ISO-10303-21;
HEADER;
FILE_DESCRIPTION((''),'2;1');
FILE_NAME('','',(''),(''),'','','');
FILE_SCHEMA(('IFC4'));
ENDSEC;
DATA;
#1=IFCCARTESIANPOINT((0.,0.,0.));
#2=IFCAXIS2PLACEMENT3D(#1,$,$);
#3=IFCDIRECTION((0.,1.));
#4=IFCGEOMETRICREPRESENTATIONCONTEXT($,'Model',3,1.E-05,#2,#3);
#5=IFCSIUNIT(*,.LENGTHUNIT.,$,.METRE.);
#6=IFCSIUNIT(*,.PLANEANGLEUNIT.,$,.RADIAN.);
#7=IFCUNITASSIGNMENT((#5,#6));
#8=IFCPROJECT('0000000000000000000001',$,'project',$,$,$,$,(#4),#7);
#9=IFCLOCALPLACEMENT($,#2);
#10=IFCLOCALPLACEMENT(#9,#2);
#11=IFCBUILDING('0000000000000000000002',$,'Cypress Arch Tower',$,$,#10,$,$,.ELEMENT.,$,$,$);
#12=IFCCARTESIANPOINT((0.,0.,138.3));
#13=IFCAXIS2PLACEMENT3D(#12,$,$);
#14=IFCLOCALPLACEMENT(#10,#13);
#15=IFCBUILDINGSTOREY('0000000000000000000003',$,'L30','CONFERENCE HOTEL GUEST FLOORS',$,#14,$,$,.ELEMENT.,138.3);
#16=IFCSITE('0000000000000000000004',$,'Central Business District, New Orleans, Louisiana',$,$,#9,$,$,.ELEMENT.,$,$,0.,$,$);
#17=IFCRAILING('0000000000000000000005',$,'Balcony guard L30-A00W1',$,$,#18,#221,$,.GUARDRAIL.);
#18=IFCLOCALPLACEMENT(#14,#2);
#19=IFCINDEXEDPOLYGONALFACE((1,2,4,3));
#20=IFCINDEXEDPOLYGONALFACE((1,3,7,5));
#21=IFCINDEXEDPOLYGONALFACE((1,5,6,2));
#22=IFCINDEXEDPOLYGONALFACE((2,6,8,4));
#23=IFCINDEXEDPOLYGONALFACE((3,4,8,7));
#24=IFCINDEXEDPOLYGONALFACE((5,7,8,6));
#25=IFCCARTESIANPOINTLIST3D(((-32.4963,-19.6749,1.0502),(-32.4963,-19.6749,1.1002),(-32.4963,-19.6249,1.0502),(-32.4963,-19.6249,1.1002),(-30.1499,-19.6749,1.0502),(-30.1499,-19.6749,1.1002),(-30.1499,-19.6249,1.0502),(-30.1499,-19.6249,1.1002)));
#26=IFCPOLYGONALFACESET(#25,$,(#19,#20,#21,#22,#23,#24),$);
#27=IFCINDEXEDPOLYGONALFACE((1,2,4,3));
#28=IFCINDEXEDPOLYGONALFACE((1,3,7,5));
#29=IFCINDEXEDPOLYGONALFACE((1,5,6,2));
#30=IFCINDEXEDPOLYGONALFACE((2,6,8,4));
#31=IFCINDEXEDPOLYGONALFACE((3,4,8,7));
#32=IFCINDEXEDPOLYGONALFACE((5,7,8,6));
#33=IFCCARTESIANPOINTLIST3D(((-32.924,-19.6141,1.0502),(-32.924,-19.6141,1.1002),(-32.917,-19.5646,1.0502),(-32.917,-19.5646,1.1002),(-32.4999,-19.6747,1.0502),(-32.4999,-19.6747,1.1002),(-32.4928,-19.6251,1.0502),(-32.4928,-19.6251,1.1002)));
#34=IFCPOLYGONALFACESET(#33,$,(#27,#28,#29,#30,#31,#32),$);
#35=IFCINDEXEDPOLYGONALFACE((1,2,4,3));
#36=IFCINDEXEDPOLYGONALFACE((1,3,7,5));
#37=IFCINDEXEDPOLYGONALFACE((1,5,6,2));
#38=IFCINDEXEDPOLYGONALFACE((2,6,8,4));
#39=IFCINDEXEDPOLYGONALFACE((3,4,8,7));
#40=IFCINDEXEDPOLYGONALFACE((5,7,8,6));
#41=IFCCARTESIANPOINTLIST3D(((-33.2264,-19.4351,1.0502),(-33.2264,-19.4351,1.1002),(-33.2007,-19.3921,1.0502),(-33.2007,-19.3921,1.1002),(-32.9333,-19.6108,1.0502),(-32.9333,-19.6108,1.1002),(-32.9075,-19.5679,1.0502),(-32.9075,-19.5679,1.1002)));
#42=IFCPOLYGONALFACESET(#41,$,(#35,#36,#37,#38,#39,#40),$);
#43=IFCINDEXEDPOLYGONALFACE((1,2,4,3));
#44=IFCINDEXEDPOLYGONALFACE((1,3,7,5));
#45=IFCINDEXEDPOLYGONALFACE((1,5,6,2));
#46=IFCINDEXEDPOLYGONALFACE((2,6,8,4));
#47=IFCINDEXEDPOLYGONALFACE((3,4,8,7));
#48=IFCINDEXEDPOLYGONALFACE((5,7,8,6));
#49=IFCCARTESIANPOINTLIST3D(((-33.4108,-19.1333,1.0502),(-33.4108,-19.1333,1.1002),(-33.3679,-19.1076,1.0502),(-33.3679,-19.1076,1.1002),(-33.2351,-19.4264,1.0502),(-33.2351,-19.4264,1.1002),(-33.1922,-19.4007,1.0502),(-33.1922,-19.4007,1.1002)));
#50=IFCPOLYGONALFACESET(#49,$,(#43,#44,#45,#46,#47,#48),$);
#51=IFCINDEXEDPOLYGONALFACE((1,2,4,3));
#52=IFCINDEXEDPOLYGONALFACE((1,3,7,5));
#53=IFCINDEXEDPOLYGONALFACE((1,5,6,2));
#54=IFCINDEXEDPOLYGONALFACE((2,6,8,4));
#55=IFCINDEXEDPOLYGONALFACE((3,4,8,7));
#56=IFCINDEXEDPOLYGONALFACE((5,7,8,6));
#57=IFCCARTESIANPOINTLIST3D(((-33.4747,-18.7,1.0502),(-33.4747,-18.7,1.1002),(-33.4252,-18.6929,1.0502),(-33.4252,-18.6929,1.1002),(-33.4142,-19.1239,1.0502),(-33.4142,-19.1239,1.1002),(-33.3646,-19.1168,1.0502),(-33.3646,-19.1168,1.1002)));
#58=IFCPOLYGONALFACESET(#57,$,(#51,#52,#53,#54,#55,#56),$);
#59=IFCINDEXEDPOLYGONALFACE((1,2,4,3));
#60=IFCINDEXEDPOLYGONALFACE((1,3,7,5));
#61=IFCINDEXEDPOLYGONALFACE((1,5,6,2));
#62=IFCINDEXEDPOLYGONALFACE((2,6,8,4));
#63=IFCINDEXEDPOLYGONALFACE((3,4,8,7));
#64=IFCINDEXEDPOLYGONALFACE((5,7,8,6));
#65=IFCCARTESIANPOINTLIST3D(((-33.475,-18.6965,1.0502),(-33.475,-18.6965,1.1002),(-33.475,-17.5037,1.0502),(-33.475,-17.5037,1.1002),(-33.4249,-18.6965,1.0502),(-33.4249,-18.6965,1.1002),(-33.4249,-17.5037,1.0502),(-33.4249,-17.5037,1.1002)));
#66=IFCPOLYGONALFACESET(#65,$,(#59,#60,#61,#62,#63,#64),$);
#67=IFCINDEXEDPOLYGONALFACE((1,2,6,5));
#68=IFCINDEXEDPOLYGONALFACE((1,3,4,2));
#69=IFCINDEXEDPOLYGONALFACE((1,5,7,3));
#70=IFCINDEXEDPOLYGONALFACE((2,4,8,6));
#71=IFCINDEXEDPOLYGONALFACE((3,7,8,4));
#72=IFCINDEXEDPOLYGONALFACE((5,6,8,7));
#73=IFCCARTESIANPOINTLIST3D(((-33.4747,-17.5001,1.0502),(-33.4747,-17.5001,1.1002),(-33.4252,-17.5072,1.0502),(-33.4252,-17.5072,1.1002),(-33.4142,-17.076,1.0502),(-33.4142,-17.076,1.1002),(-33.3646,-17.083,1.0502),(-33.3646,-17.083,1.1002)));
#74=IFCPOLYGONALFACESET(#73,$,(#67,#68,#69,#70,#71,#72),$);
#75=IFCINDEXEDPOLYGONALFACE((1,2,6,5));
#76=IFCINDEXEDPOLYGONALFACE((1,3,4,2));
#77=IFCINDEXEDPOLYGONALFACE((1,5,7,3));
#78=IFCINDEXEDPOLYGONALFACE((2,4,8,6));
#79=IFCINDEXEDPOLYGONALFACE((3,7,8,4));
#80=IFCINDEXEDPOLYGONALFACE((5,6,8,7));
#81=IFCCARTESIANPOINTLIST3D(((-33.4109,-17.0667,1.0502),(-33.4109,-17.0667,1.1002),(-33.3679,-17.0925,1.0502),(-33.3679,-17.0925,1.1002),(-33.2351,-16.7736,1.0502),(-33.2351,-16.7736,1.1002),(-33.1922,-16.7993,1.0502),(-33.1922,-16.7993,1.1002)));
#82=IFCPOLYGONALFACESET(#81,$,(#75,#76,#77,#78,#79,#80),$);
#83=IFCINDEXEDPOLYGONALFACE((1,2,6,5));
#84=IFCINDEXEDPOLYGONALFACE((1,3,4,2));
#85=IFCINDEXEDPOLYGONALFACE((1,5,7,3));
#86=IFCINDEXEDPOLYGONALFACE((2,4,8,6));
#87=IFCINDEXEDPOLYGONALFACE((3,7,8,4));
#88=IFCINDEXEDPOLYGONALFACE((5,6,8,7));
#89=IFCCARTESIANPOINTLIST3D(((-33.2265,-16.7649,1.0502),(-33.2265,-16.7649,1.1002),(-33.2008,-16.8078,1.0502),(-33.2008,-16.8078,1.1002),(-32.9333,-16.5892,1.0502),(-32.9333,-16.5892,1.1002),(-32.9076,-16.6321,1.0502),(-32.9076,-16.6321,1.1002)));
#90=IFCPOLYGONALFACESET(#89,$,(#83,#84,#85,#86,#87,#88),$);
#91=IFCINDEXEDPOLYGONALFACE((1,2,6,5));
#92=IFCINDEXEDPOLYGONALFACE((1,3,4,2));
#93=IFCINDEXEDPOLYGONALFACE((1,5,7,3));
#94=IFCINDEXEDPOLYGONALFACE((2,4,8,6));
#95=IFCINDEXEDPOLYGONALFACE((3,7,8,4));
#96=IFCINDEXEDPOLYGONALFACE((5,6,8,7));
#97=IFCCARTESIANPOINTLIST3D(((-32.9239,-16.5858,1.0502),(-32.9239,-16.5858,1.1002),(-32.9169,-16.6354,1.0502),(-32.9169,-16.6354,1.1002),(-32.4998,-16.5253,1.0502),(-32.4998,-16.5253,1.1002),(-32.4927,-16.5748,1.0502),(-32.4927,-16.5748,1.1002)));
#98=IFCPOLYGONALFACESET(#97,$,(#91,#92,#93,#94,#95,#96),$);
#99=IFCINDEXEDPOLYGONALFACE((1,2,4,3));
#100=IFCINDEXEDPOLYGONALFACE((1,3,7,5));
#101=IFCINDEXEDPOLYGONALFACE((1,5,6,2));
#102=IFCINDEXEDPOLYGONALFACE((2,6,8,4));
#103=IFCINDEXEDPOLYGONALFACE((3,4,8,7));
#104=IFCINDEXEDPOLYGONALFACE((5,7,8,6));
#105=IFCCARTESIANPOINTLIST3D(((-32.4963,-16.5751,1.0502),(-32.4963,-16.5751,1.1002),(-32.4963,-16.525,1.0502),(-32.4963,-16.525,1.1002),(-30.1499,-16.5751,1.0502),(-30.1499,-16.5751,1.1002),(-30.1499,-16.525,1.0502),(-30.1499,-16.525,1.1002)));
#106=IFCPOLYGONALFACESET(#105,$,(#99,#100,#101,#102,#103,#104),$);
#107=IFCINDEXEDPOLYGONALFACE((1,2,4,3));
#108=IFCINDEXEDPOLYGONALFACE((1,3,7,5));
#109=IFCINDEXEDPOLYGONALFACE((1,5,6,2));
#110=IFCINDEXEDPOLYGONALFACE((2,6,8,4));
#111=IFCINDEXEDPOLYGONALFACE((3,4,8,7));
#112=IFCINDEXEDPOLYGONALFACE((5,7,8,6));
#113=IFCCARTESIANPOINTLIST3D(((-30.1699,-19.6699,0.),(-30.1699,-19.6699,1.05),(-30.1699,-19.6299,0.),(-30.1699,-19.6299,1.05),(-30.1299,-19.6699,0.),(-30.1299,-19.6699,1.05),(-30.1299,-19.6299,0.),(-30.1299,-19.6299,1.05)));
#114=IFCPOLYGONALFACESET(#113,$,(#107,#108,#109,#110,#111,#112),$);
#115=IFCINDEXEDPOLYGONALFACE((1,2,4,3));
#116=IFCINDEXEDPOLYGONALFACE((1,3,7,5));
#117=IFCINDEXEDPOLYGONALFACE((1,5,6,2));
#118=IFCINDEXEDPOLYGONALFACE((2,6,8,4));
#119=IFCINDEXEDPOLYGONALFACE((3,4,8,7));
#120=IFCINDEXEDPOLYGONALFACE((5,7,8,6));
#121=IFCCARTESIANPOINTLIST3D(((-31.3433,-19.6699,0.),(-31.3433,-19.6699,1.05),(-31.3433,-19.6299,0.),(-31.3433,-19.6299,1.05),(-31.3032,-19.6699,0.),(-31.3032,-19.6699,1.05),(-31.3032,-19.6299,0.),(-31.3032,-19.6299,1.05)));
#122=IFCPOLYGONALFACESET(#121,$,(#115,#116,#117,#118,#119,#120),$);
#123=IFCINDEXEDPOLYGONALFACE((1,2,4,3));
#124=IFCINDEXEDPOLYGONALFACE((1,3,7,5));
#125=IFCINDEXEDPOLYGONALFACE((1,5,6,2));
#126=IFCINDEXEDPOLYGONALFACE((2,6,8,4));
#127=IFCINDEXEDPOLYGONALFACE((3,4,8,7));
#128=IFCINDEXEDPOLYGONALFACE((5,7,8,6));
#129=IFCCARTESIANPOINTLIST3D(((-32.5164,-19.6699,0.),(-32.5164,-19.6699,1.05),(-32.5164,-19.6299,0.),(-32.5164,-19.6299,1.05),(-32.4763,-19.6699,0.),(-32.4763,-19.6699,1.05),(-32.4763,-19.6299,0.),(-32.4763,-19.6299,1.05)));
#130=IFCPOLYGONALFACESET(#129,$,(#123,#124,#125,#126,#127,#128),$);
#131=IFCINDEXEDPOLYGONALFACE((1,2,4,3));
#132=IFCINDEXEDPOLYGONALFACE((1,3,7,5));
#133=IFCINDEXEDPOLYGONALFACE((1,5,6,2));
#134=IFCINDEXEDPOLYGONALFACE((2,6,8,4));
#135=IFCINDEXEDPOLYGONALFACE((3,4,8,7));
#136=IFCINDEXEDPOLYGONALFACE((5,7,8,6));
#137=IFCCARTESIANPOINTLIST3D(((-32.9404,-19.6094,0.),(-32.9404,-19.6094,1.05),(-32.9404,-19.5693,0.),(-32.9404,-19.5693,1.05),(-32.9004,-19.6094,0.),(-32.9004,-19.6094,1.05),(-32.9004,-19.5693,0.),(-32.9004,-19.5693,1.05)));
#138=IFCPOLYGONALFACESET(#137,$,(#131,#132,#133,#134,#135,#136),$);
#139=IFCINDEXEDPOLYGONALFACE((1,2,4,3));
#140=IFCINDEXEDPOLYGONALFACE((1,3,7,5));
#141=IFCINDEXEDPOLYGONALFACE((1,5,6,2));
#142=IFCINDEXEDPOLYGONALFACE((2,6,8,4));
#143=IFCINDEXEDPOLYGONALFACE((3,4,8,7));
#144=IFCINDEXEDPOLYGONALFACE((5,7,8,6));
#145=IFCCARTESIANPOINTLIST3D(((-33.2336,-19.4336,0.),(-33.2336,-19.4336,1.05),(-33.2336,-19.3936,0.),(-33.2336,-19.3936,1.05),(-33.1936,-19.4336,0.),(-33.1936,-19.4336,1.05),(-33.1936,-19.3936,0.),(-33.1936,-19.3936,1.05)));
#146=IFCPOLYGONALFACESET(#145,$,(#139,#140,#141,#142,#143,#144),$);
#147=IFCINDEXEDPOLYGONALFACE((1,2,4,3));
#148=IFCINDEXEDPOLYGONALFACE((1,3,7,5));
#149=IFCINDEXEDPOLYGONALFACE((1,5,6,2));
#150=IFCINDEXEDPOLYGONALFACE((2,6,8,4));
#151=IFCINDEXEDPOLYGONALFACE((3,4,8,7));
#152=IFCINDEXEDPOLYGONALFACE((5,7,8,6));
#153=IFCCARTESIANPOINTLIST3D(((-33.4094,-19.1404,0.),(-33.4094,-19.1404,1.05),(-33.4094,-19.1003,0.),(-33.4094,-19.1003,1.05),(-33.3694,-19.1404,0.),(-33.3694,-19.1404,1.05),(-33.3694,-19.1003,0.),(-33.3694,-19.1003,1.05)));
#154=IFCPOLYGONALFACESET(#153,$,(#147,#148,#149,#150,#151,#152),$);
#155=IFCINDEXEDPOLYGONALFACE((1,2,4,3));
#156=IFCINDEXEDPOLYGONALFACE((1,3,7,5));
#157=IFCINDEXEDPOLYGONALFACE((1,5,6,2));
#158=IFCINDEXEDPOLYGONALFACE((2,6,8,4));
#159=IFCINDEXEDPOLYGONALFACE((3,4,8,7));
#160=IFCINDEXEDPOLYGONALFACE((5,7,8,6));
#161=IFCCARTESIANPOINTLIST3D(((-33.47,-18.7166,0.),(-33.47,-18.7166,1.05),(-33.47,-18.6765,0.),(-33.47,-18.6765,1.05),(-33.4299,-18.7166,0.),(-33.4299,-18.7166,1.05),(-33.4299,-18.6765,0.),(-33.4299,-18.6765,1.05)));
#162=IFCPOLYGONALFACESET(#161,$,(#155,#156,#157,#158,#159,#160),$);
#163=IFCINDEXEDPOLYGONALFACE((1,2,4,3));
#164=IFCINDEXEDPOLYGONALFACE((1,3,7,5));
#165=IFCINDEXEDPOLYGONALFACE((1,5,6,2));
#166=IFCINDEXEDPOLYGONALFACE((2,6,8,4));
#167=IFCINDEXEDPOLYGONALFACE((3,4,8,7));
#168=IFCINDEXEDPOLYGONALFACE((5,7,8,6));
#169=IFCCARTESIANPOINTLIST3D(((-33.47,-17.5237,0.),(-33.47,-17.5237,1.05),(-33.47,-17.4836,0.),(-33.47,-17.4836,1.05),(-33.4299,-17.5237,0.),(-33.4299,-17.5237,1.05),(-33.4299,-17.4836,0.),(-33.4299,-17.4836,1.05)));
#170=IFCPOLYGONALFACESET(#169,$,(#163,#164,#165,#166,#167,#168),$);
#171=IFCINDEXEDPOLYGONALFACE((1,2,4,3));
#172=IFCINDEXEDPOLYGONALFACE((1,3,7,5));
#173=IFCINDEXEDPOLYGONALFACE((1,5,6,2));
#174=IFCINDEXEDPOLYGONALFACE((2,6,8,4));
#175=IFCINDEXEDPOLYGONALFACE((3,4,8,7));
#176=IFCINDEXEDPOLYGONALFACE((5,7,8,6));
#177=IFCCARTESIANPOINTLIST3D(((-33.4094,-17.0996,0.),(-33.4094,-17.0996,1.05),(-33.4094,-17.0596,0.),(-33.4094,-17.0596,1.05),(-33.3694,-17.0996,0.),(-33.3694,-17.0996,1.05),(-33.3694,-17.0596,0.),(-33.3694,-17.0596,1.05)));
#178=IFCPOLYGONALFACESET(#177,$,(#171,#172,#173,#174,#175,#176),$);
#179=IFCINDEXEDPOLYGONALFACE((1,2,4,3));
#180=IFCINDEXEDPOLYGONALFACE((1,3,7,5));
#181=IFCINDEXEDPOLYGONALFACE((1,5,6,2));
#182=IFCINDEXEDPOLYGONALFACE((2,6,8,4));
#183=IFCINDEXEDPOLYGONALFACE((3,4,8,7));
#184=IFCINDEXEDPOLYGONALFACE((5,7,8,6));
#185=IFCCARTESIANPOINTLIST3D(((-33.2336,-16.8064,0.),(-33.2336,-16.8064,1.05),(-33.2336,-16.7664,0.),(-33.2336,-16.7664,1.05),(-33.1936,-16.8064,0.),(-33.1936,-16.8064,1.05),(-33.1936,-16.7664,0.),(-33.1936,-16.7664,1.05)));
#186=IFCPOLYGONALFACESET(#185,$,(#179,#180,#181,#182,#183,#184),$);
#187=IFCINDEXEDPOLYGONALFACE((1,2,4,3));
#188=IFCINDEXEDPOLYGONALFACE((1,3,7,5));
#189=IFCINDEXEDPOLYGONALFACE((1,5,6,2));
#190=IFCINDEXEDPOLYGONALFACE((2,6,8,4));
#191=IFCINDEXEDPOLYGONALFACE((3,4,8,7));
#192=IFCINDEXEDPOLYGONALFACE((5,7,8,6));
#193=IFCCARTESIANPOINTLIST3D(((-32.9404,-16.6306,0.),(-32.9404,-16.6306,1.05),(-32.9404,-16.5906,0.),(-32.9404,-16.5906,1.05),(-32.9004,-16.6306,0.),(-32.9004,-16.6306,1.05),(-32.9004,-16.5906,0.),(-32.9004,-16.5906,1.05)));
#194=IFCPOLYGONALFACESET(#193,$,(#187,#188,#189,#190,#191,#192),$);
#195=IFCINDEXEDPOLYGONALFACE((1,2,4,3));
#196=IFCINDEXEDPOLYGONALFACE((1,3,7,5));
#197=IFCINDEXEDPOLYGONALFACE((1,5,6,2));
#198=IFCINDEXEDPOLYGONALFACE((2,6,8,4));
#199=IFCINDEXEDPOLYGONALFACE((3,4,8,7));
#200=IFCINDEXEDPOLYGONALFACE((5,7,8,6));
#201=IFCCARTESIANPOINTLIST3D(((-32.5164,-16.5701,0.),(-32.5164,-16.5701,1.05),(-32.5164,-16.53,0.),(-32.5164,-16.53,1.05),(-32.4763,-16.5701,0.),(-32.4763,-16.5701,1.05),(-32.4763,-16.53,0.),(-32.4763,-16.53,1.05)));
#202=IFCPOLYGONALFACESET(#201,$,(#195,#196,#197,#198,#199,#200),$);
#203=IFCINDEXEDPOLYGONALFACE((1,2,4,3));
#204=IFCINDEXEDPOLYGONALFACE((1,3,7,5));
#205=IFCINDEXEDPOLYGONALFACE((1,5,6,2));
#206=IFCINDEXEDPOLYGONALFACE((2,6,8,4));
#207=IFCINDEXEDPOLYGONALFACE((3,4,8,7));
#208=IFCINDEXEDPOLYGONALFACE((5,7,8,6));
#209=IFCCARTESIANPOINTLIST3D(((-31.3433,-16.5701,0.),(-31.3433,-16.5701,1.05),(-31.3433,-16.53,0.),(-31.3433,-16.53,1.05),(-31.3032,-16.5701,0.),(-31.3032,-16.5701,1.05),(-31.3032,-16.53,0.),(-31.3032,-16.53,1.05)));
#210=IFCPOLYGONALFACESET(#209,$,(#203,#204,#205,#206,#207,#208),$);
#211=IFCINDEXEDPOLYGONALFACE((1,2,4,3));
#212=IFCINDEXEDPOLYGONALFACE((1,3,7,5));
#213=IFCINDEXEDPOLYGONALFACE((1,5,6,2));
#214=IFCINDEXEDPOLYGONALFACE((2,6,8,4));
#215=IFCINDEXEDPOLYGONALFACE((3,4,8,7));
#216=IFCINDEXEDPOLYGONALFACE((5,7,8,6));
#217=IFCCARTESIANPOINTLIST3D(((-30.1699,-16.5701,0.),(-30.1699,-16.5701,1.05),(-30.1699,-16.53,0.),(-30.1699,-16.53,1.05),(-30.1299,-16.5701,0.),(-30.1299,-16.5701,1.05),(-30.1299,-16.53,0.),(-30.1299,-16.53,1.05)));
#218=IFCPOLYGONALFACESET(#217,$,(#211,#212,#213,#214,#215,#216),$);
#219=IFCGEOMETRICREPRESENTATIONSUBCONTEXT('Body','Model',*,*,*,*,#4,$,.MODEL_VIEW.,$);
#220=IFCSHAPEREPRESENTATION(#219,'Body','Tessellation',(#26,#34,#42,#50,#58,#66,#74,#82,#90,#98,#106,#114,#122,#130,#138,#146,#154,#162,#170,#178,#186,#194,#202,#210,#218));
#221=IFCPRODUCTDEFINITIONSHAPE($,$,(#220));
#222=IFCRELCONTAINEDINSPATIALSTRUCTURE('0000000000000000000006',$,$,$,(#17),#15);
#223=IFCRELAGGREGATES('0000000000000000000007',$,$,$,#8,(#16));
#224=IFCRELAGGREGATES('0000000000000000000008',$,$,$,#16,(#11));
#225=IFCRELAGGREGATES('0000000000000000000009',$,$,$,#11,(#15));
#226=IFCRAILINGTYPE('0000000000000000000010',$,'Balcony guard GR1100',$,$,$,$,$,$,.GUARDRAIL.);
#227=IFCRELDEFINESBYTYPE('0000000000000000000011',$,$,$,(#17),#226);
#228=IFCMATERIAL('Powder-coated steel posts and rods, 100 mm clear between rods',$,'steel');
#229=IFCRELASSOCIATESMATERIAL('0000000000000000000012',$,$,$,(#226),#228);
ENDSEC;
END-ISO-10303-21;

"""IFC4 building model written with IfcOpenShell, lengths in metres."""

from ifc_helpers import new_model, si_unit, direction, frame, origin, origin_2d, place, context, subcontext, project, spatial, rectangle, extrude, material, type_object, element, save


model = new_model("IFC4")

# Units and contexts
model_context = context("Model", 3, precision=1e-05, world=origin(), true_north=direction((0.0, 1.0)))
body_context = subcontext(model_context, "Body", "Model", "MODEL_VIEW")
ifc_project = project(units=[si_unit("LENGTHUNIT", "METRE"), si_unit("PLANEANGLEUNIT", "RADIAN")], contexts=[model_context])

# Site, building, storey
site_placement = place(None, origin())
site = spatial("IfcSite", under=ifc_project, at=site_placement, Name="Central Business District, New Orleans, Louisiana", CompositionType="ELEMENT", RefElevation=0.0)
building_placement = place(site_placement, origin())
building = spatial("IfcBuilding", under=site, at=building_placement, Name="Cypress Arch Tower", CompositionType="ELEMENT")
storey_placement = place(building_placement, frame((0.0, 0.0, 138.3)))
storey = spatial("IfcBuildingStorey", under=building, at=storey_placement, Name="L30", Description="CONFERENCE HOTEL GUEST FLOORS", CompositionType="ELEMENT", Elevation=138.3)

# Railing
ifc_material_1 = material(Name="Powder-coated steel posts and rods, 100 mm clear between rods", Category="steel")
railing_type = type_object("IfcRailingType", Name="Balcony guard GR1100", PredefinedType="GUARDRAIL", material=ifc_material_1)
railing_placement = place(storey_placement, frame((-30.1499, -19.6499, 0.0)))
element("IfcRailing", 1, at=railing_placement, inside=storey, type_object=railing_type, Name="Balcony guard L30-A00W1", PredefinedType="GUARDRAIL", context=body_context, shape_type="SweptSolid", body=[
    extrude(rectangle(XDim=0.05, YDim=0.05, at=origin_2d()), frame((0.0, 0.0, 1.0752), z_axis=(-1.0, 0.0, 0.0), x_axis=(0.0, -1.0, 0.0)), (0.0, 0.0, 1.0), 2.3464),
    extrude(rectangle(XDim=0.05, YDim=0.05, at=origin_2d()), frame((-2.3464, 0.0, 1.0752), z_axis=(-0.989961, 0.141342, 0.0), x_axis=(-0.141342, -0.989961, 0.0)), (0.0, 0.0, 1.0), 0.4285),
    extrude(rectangle(XDim=0.05, YDim=0.05, at=origin_2d()), frame((-2.7705, 0.0605, 1.0752), z_axis=(-0.857682, 0.514181, 0.0), x_axis=(-0.514181, -0.857682, 0.0)), (0.0, 0.0, 1.0), 0.3418),
    extrude(rectangle(XDim=0.05, YDim=0.05, at=origin_2d()), frame((-3.0637, 0.2363, 1.0752), z_axis=(-0.514181, 0.857682, 0.0), x_axis=(-0.857682, -0.514181, 0.0)), (0.0, 0.0, 1.0), 0.3418),
    extrude(rectangle(XDim=0.05, YDim=0.05, at=origin_2d()), frame((-3.2395, 0.5295, 1.0752), z_axis=(-0.141421, 0.989949, 0.0), x_axis=(-0.989949, -0.141421, 0.0)), (0.0, 0.0, 1.0), 0.4282),
    extrude(rectangle(XDim=0.05, YDim=0.05, at=origin_2d()), frame((-3.3, 0.9534, 1.0752), z_axis=(0.0, 1.0, 0.0), x_axis=(-1.0, 0.0, 0.0)), (0.0, 0.0, 1.0), 1.1929),
    extrude(rectangle(XDim=0.05, YDim=0.05, at=origin_2d()), frame((-3.3, 2.1462, 1.0752), z_axis=(0.141342, 0.989961, 0.0), x_axis=(-0.989961, 0.141342, 0.0)), (0.0, 0.0, 1.0), 0.4285),
    extrude(rectangle(XDim=0.05, YDim=0.05, at=origin_2d()), frame((-3.2395, 2.5703, 1.0752), z_axis=(0.514181, 0.857682, 0.0), x_axis=(-0.857682, 0.514181, 0.0)), (0.0, 0.0, 1.0), 0.3418),
    extrude(rectangle(XDim=0.05, YDim=0.05, at=origin_2d()), frame((-3.0637, 2.8635, 1.0752), z_axis=(0.857682, 0.514181, 0.0), x_axis=(-0.514181, 0.857682, 0.0)), (0.0, 0.0, 1.0), 0.3418),
    extrude(rectangle(XDim=0.05, YDim=0.05, at=origin_2d()), frame((-2.7705, 3.0393, 1.0752), z_axis=(0.989961, 0.141342, 0.0), x_axis=(-0.141342, 0.989961, 0.0)), (0.0, 0.0, 1.0), 0.4285),
    extrude(rectangle(XDim=0.05, YDim=0.05, at=origin_2d()), frame((-2.3464, 3.0999, 1.0752), z_axis=(1.0, 0.0, 0.0), x_axis=(0.0, 1.0, 0.0)), (0.0, 0.0, 1.0), 2.3464),
    extrude(rectangle(XDim=0.04, YDim=0.04, at=origin_2d()), origin(), (0.0, 0.0, 1.0), 1.05),
    extrude(rectangle(XDim=0.04, YDim=0.04, at=origin_2d()), frame((-1.1733, 0.0, 0.0)), (0.0, 0.0, 1.0), 1.05),
    extrude(rectangle(XDim=0.04, YDim=0.04, at=origin_2d()), frame((-2.3464, 0.0, 0.0)), (0.0, 0.0, 1.0), 1.05),
    extrude(rectangle(XDim=0.04, YDim=0.04, at=origin_2d()), frame((-2.7705, 0.0605, 0.0)), (0.0, 0.0, 1.0), 1.05),
    extrude(rectangle(XDim=0.04, YDim=0.04, at=origin_2d()), frame((-3.0637, 0.2363, 0.0)), (0.0, 0.0, 1.0), 1.05),
    extrude(rectangle(XDim=0.04, YDim=0.04, at=origin_2d()), frame((-3.2395, 0.5295, 0.0)), (0.0, 0.0, 1.0), 1.05),
    extrude(rectangle(XDim=0.04, YDim=0.04, at=origin_2d()), frame((-3.3, 0.9534, 0.0)), (0.0, 0.0, 1.0), 1.05),
    extrude(rectangle(XDim=0.04, YDim=0.04, at=origin_2d()), frame((-3.3, 2.1462, 0.0)), (0.0, 0.0, 1.0), 1.05),
    extrude(rectangle(XDim=0.04, YDim=0.04, at=origin_2d()), frame((-3.2395, 2.5703, 0.0)), (0.0, 0.0, 1.0), 1.05),
    extrude(rectangle(XDim=0.04, YDim=0.04, at=origin_2d()), frame((-3.0637, 2.8635, 0.0)), (0.0, 0.0, 1.0), 1.05),
    extrude(rectangle(XDim=0.04, YDim=0.04, at=origin_2d()), frame((-2.7705, 3.0393, 0.0)), (0.0, 0.0, 1.0), 1.05),
    extrude(rectangle(XDim=0.04, YDim=0.04, at=origin_2d()), frame((-2.3464, 3.0999, 0.0)), (0.0, 0.0, 1.0), 1.05),
    extrude(rectangle(XDim=0.04, YDim=0.04, at=origin_2d()), frame((-1.1733, 3.0999, 0.0)), (0.0, 0.0, 1.0), 1.05),
    extrude(rectangle(XDim=0.04, YDim=0.04, at=origin_2d()), frame((0.0, 3.0999, 0.0)), (0.0, 0.0, 1.0), 1.05),
])

save(model, "model.ifc")
